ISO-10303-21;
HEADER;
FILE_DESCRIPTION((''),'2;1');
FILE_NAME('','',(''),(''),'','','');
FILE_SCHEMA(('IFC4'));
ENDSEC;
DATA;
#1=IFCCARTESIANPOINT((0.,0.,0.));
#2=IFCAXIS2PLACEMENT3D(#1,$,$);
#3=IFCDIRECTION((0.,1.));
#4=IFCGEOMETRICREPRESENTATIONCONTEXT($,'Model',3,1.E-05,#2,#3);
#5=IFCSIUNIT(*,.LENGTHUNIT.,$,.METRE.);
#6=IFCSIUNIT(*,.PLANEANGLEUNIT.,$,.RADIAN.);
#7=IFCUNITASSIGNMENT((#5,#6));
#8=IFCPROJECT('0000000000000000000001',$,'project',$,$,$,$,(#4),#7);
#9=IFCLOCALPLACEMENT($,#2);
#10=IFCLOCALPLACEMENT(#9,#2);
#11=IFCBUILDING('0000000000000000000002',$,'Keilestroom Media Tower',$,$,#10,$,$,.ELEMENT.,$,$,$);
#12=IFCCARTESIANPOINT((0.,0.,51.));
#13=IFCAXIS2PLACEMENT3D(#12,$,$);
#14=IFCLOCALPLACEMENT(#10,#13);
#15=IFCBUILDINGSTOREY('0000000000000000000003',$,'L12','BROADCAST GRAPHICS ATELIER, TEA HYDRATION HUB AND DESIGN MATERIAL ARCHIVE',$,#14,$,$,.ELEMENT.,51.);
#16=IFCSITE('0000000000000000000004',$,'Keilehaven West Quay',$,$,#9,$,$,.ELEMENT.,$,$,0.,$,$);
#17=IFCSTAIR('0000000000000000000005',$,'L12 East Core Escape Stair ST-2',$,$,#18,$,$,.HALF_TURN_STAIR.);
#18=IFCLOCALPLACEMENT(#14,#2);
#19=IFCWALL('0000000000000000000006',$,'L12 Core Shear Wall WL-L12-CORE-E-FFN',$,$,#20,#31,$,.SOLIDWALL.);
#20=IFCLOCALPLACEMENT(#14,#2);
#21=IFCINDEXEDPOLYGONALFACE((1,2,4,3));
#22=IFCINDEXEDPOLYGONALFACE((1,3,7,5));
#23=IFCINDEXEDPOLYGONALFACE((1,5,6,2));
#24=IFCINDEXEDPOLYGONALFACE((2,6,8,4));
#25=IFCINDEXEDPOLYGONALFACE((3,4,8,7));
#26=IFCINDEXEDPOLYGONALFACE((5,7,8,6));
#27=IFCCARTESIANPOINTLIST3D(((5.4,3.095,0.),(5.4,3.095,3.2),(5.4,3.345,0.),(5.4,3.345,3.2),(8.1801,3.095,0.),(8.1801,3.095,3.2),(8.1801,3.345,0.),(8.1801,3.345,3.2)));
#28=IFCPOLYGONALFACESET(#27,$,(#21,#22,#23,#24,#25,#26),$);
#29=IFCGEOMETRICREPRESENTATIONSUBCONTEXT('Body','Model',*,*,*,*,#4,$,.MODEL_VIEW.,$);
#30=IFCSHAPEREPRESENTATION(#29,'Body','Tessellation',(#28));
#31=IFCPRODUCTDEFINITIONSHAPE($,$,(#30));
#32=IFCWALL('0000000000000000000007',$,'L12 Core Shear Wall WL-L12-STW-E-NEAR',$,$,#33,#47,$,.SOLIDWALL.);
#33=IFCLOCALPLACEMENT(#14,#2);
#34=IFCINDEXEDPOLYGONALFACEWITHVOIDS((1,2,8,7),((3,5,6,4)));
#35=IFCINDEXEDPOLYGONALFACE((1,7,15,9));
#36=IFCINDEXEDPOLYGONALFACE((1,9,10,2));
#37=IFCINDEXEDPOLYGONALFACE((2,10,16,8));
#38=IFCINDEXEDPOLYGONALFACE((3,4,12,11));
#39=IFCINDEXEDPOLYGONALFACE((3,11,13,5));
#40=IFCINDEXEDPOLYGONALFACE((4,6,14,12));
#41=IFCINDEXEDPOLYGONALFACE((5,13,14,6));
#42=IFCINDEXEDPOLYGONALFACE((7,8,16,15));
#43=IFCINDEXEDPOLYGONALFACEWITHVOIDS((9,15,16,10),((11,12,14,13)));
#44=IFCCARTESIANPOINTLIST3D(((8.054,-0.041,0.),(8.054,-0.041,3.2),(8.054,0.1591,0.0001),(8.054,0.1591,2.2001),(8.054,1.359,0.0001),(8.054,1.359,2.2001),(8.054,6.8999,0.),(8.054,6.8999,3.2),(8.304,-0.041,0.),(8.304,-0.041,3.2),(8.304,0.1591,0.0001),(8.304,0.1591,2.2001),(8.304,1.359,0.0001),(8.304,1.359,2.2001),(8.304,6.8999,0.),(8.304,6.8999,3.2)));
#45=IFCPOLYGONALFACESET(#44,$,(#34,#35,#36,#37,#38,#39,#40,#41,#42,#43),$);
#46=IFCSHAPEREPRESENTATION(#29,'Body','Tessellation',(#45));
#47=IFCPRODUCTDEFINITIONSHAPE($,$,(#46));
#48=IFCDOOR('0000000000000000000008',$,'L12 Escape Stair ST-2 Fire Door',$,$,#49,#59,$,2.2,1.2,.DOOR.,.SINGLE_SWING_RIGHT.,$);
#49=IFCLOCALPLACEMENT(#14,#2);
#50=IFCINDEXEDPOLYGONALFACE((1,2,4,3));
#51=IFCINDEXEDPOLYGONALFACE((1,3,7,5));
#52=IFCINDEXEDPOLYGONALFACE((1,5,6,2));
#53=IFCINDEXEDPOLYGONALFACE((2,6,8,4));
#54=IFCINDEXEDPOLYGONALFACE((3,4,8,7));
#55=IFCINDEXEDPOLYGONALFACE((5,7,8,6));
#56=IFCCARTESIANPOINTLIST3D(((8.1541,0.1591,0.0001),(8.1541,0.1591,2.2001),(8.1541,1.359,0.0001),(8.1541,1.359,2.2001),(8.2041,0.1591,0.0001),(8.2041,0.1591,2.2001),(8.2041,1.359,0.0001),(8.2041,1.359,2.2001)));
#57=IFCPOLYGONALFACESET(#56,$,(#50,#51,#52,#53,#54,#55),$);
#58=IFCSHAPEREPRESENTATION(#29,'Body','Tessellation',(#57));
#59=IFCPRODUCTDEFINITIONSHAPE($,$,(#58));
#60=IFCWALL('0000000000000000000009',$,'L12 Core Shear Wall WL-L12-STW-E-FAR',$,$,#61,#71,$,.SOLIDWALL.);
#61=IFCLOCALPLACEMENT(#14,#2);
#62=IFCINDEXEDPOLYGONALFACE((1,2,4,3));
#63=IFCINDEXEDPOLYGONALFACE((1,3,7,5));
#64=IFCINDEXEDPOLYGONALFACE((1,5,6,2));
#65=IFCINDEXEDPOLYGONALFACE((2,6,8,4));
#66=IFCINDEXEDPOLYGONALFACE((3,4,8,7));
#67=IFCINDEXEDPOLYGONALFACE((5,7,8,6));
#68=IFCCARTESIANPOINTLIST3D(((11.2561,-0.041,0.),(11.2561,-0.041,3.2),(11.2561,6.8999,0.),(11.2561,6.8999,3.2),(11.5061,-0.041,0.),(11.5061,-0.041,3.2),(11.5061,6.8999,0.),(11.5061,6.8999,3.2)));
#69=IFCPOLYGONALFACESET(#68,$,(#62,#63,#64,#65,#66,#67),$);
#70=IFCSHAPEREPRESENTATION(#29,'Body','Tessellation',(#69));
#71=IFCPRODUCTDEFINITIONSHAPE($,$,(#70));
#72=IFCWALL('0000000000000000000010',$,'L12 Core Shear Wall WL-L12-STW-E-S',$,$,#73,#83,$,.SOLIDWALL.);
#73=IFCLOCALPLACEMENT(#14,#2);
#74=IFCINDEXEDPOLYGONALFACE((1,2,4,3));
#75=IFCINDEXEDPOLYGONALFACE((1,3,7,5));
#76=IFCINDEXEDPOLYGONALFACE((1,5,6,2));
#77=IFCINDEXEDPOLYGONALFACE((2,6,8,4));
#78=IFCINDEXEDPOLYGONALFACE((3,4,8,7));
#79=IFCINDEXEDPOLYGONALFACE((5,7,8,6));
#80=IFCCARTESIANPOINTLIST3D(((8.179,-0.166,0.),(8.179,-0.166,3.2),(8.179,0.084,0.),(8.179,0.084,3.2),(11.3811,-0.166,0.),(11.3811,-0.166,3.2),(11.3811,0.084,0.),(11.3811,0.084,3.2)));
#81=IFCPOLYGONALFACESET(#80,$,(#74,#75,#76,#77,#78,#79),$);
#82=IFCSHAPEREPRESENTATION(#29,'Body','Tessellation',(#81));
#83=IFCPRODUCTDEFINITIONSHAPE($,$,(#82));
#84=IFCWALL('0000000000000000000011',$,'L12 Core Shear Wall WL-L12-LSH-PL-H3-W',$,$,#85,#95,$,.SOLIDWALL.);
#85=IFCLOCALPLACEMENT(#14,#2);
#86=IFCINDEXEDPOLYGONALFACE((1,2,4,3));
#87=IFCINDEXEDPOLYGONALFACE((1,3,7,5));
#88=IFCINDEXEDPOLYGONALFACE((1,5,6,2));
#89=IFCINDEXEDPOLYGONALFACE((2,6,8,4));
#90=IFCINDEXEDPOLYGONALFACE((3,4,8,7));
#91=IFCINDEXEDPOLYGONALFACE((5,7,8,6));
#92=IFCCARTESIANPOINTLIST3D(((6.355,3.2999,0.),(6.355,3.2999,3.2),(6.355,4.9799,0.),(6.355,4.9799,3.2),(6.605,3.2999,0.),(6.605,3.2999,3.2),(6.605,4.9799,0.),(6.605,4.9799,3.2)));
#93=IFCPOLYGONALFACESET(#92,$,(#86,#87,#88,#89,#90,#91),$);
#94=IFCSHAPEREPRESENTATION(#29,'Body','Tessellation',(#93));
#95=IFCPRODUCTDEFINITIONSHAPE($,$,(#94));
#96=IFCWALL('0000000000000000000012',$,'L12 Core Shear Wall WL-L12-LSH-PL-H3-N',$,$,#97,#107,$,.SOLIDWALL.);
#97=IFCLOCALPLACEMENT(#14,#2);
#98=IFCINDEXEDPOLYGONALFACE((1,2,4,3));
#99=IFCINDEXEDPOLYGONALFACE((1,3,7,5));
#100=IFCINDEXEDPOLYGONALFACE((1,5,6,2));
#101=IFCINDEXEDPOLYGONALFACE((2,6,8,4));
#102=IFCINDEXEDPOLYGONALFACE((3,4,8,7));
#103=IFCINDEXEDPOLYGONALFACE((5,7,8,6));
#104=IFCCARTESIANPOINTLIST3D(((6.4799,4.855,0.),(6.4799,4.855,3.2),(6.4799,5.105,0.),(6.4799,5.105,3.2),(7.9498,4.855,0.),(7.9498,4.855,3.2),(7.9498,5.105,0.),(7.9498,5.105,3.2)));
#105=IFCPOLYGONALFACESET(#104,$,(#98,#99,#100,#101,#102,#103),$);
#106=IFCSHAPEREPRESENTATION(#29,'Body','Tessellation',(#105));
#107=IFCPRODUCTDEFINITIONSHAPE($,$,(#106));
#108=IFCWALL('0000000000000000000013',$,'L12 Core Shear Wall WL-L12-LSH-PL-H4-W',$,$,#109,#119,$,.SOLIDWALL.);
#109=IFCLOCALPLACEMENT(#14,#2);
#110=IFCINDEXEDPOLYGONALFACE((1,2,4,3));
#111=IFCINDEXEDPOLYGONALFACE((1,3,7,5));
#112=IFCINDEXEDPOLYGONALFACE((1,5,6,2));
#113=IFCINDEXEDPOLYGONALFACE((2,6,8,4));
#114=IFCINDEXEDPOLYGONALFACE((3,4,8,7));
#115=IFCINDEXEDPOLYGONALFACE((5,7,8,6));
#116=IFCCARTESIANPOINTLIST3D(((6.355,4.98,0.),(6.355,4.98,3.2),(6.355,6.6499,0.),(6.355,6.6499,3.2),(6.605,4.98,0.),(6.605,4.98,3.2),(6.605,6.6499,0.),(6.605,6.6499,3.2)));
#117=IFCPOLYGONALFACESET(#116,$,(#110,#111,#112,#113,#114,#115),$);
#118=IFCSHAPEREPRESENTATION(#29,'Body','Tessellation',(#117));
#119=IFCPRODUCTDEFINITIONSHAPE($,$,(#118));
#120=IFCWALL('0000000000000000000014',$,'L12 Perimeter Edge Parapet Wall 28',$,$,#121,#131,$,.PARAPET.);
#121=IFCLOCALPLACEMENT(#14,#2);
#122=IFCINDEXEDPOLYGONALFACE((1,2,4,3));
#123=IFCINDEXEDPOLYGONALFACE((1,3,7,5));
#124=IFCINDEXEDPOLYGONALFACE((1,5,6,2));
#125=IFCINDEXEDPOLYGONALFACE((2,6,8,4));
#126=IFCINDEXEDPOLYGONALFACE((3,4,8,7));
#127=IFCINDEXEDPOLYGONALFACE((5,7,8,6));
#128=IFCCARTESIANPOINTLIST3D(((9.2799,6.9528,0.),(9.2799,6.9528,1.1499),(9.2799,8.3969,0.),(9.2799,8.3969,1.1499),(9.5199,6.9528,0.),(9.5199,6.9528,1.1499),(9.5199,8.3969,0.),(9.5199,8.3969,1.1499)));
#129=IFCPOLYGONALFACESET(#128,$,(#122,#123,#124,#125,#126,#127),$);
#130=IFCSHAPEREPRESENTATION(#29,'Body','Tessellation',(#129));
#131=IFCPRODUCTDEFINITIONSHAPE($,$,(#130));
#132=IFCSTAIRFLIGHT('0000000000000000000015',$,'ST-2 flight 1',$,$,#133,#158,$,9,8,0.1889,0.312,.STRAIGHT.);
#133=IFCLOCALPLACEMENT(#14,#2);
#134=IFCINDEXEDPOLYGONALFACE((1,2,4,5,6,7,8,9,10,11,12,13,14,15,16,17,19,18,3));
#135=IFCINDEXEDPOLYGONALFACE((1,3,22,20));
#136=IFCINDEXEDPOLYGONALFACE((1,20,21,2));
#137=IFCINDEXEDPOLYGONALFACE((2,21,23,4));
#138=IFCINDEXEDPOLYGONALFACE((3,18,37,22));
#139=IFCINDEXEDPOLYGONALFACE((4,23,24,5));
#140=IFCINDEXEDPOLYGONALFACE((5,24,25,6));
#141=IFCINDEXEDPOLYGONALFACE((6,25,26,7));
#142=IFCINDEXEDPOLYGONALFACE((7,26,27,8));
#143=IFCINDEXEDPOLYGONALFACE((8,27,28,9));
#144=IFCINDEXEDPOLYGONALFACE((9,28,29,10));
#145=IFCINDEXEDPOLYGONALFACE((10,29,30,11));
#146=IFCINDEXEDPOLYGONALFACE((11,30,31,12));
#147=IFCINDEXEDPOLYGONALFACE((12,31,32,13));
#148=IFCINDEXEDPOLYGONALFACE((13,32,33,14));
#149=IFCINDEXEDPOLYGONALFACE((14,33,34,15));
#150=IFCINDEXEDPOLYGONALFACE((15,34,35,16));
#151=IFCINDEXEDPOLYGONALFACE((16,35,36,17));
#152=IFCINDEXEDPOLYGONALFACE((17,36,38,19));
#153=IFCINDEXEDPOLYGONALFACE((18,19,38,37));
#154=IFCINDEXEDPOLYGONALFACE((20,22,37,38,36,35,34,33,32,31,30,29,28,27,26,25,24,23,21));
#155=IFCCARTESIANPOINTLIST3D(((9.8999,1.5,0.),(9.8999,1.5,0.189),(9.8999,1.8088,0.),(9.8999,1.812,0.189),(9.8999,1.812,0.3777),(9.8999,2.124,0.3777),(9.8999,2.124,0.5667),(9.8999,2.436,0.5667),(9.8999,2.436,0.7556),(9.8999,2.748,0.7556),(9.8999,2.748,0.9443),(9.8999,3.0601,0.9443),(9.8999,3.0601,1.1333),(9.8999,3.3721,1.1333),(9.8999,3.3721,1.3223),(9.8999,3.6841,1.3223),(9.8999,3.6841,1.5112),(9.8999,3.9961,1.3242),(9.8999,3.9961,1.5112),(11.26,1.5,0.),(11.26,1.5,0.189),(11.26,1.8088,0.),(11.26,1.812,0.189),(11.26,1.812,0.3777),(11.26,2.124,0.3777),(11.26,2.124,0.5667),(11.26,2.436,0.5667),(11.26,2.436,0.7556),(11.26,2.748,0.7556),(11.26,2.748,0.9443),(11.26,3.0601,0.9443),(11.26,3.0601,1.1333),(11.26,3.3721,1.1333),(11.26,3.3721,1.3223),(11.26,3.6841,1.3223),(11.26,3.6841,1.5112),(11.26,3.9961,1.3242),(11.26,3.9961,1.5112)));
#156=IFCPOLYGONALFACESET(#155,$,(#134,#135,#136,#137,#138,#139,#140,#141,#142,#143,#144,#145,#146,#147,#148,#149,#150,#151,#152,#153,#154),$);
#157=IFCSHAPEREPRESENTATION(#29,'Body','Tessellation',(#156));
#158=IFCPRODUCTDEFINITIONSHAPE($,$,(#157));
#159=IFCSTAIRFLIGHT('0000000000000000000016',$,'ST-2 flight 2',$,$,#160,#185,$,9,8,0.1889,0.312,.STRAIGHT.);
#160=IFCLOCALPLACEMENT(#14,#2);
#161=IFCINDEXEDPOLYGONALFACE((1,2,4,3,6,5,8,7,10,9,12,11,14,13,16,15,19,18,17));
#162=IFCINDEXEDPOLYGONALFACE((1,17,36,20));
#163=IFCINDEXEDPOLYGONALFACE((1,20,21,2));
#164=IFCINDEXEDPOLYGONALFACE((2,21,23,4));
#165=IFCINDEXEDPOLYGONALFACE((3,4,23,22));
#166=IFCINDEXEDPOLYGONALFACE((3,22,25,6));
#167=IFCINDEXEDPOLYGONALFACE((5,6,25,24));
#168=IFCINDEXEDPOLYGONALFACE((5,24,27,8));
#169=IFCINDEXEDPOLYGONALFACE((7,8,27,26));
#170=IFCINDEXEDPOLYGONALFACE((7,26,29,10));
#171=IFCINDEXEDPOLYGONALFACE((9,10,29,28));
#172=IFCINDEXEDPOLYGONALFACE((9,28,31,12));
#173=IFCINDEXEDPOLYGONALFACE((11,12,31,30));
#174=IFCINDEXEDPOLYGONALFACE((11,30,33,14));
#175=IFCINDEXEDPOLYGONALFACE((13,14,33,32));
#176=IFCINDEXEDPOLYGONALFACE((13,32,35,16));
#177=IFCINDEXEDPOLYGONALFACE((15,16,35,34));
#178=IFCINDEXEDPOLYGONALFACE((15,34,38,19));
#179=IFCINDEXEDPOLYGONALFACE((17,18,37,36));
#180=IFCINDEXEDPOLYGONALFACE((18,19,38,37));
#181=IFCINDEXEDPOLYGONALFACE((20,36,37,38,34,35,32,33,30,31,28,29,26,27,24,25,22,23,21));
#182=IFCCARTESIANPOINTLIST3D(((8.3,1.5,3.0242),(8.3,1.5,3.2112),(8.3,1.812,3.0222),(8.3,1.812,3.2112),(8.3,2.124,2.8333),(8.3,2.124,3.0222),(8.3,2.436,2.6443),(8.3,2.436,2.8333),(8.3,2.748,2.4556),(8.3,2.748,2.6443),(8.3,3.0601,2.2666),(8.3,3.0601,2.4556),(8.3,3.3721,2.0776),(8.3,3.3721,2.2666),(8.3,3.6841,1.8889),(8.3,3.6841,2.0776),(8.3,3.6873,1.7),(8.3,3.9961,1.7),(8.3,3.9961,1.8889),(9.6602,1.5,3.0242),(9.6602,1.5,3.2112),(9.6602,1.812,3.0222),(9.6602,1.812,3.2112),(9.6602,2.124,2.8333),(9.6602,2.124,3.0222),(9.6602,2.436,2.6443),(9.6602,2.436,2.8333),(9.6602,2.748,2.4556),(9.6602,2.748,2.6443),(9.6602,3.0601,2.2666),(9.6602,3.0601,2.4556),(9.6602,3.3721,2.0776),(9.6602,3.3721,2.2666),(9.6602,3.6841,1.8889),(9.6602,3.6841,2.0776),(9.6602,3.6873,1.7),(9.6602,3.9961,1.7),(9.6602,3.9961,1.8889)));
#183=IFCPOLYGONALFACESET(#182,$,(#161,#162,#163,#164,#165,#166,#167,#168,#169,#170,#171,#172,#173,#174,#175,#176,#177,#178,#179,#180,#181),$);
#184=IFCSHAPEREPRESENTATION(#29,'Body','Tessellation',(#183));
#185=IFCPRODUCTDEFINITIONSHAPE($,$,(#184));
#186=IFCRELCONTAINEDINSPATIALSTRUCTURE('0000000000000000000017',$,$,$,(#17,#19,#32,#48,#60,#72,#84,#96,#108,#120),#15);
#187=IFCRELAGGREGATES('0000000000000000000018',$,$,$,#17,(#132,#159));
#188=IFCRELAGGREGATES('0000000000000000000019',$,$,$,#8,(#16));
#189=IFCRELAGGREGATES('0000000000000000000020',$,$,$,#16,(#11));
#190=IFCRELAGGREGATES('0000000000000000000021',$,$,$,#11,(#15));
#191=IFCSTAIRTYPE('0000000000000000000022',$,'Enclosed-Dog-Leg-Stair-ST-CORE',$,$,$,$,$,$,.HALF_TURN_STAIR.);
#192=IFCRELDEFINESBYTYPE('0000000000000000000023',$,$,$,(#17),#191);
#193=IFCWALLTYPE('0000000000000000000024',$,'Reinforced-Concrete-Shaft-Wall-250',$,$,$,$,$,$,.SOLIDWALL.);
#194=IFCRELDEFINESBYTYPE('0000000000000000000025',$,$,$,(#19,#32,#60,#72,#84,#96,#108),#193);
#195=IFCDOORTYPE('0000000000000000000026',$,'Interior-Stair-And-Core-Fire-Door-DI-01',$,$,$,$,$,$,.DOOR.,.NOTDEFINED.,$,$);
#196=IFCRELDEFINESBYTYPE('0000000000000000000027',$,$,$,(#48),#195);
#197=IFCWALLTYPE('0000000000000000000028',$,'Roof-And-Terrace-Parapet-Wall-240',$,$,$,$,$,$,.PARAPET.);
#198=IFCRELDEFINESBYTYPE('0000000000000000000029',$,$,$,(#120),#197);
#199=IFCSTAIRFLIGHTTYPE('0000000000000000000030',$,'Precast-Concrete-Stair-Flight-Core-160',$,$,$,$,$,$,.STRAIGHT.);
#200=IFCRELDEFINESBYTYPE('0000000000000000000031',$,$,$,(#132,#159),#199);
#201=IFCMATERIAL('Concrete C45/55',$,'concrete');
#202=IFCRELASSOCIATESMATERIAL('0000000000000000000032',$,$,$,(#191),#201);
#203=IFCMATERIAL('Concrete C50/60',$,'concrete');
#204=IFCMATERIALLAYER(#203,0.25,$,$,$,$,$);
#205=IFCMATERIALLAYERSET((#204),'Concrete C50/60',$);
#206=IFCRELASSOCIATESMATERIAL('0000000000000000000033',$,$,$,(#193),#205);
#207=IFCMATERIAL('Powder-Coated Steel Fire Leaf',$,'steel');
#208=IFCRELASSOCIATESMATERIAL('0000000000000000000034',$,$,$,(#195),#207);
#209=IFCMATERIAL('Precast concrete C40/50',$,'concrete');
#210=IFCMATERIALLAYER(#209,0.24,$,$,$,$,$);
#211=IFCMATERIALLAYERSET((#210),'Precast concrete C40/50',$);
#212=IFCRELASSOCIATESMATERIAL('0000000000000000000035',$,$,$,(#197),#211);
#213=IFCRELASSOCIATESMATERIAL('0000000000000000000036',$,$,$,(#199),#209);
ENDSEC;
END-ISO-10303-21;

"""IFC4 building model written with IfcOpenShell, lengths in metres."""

from ifc_helpers import new_model, si_unit, direction, frame, frame_2d, origin, place, context, subcontext, project, spatial, polyline, rectangle, outline, extrude, source, transform, mapped, material, layer, layer_set, type_object, element, fill, aggregate, save


model = new_model("IFC4")

# Units and contexts
model_context = context("Model", 3, precision=1e-05, world=origin(), true_north=direction((0.0, 1.0)))
body_context = subcontext(model_context, "Body", "Model", "MODEL_VIEW")
ifc_project = project(units=[si_unit("LENGTHUNIT", "METRE"), si_unit("PLANEANGLEUNIT", "RADIAN")], contexts=[model_context])

# Site, building, storey
site_placement = place(None, origin())
site = spatial("IfcSite", under=ifc_project, at=site_placement, Name="Keilehaven West Quay", CompositionType="ELEMENT", RefElevation=0.0)
building_placement = place(site_placement, origin())
building = spatial("IfcBuilding", under=site, at=building_placement, Name="Keilestroom Media Tower", CompositionType="ELEMENT")
storey_placement = place(building_placement, frame((0.0, 0.0, 51.0)))
storey = spatial("IfcBuildingStorey", under=building, at=storey_placement, Name="L12", Description="BROADCAST GRAPHICS ATELIER, TEA HYDRATION HUB AND DESIGN MATERIAL ARCHIVE", CompositionType="ELEMENT", Elevation=51.0)

# Stair
ifc_material_1 = material(Name="Concrete C45/55", Category="concrete")
stair_type = type_object("IfcStairType", Name="Enclosed-Dog-Leg-Stair-ST-CORE", PredefinedType="HALF_TURN_STAIR", material=ifc_material_1)
stair_1_placement = place(storey_placement, origin())
stair_1 = element("IfcStair", 1, at=stair_1_placement, inside=storey, type_object=stair_type, Name="L12 East Core Escape Stair ST-2", PredefinedType="HALF_TURN_STAIR")

# Wall
ifc_material_2 = material(Name="Concrete C50/60", Category="concrete")
ifc_layer_1 = layer(ifc_material_2, 0.25)
ifc_layer_set_1 = layer_set([ifc_layer_1], Name="Concrete C50/60")
wall_type_1 = type_object("IfcWallType", Name="Reinforced-Concrete-Shaft-Wall-250", PredefinedType="SOLIDWALL", material=ifc_layer_set_1)
wall_1_placement = place(storey_placement, frame((5.3999, 3.22, 0.0), z_axis=(0.0, 0.0, 1.0), x_axis=(1.0, 0.0, 0.0)))
element("IfcWall", 2, at=wall_1_placement, inside=storey, type_object=wall_type_1, Name="L12 Core Shear Wall WL-L12-CORE-E-FFN", PredefinedType="SOLIDWALL", context=body_context, shape_type="SweptSolid", body=[
    extrude(rectangle(XDim=2.78, YDim=0.25, at=frame_2d((1.3901, 0.0))), origin(), (0.0, 0.0, 1.0), 3.2),
])

# Wall, opening, door
wall_2_placement = place(storey_placement, frame((8.179, -0.041, 0.0), z_axis=(0.0, 0.0, 1.0), x_axis=(0.0, 1.0, 0.0)))
wall_2 = element("IfcWall", 3, at=wall_2_placement, inside=storey, type_object=wall_type_1, Name="L12 Core Shear Wall WL-L12-STW-E-NEAR", PredefinedType="SOLIDWALL", context=body_context, shape_type="SweptSolid", body=[
    extrude(rectangle(XDim=6.9409, YDim=0.25, at=frame_2d((3.4705, 0.0))), origin(), (0.0, 0.0, 1.0), 3.2),
])
opening_placement = place(wall_2_placement, frame((0.2, 0.0, 0.0)))
opening = element("IfcOpeningElement", 4, at=opening_placement, cuts=wall_2, PredefinedType="OPENING", context=body_context, shape_type="SweptSolid", body=[
    extrude(rectangle(XDim=1.2, YDim=2.2, at=frame_2d((0.6001, 1.1001))), frame((0.0, 0.135, 0.0), z_axis=(0.0, -1.0, 0.0), x_axis=(1.0, 0.0, 0.0)), (0.0, 0.0, 1.0), 0.27),
])
ifc_material_3 = material(Name="Powder-Coated Steel Fire Leaf", Category="steel")
door_type = type_object("IfcDoorType", Name="Interior-Stair-And-Core-Fire-Door-DI-01", OperationType="NOTDEFINED", PredefinedType="DOOR", material=ifc_material_3)
shared_shape_1 = source(origin(), body_context, "Body", "SweptSolid", [
    extrude(rectangle(XDim=1.2, YDim=2.2, at=frame_2d((0.6001, 1.1001))), frame((0.0, 0.0249, 0.0), z_axis=(0.0, -1.0, 0.0), x_axis=(1.0, 0.0, 0.0)), (0.0, 0.0, 1.0), 0.05),
])
door_placement = place(opening_placement, origin())
door = element("IfcDoor", 5, at=door_placement, inside=storey, type_object=door_type, Name="L12 Escape Stair ST-2 Fire Door", OperationType="SINGLE_SWING_RIGHT", OverallHeight=2.2, OverallWidth=1.2, PredefinedType="DOOR", context=body_context, shape_type="MappedRepresentation", body=[
    mapped(shared_shape_1, transform((0.0, 0.0, 0.0), x_axis=(1.0, 0.0, 0.0), y_axis=(0.0, 1.0, 0.0), z_axis=(0.0, 0.0, 1.0), scale=1.0)),
])
fill(opening, door)

# Walls
wall_3_placement = place(storey_placement, frame((11.3811, -0.041, 0.0), z_axis=(0.0, 0.0, 1.0), x_axis=(0.0, 1.0, 0.0)))
element("IfcWall", 6, at=wall_3_placement, inside=storey, type_object=wall_type_1, Name="L12 Core Shear Wall WL-L12-STW-E-FAR", PredefinedType="SOLIDWALL", context=body_context, shape_type="SweptSolid", body=[
    extrude(rectangle(XDim=6.9409, YDim=0.25, at=frame_2d((3.4705, 0.0))), origin(), (0.0, 0.0, 1.0), 3.2),
])
wall_4_placement = place(storey_placement, frame((8.179, -0.041, 0.0), z_axis=(0.0, 0.0, 1.0), x_axis=(1.0, 0.0, 0.0)))
element("IfcWall", 7, at=wall_4_placement, inside=storey, type_object=wall_type_1, Name="L12 Core Shear Wall WL-L12-STW-E-S", PredefinedType="SOLIDWALL", context=body_context, shape_type="SweptSolid", body=[
    extrude(rectangle(XDim=3.2021, YDim=0.25, at=frame_2d((1.6011, 0.0))), origin(), (0.0, 0.0, 1.0), 3.2),
])
wall_5_placement = place(storey_placement, frame((6.48, 3.3, 0.0), z_axis=(0.0, 0.0, 1.0), x_axis=(0.0, 1.0, 0.0)))
element("IfcWall", 8, at=wall_5_placement, inside=storey, type_object=wall_type_1, Name="L12 Core Shear Wall WL-L12-LSH-PL-H3-W", PredefinedType="SOLIDWALL", context=body_context, shape_type="SweptSolid", body=[
    extrude(rectangle(XDim=1.6799, YDim=0.25, at=frame_2d((0.8398, 0.0))), origin(), (0.0, 0.0, 1.0), 3.2),
])
wall_6_placement = place(storey_placement, frame((6.48, 4.98, 0.0), z_axis=(0.0, 0.0, 1.0), x_axis=(1.0, 0.0, 0.0)))
element("IfcWall", 9, at=wall_6_placement, inside=storey, type_object=wall_type_1, Name="L12 Core Shear Wall WL-L12-LSH-PL-H3-N", PredefinedType="SOLIDWALL", context=body_context, shape_type="SweptSolid", body=[
    extrude(rectangle(XDim=1.47, YDim=0.25, at=frame_2d((0.7349, 0.0))), origin(), (0.0, 0.0, 1.0), 3.2),
])
wall_7_placement = place(storey_placement, frame((6.48, 4.98, 0.0), z_axis=(0.0, 0.0, 1.0), x_axis=(0.0, 1.0, 0.0)))
element("IfcWall", 10, at=wall_7_placement, inside=storey, type_object=wall_type_1, Name="L12 Core Shear Wall WL-L12-LSH-PL-H4-W", PredefinedType="SOLIDWALL", context=body_context, shape_type="SweptSolid", body=[
    extrude(rectangle(XDim=1.6699, YDim=0.25, at=frame_2d((0.835, 0.0))), origin(), (0.0, 0.0, 1.0), 3.2),
])
ifc_material_4 = material(Name="Precast concrete C40/50", Category="concrete")
ifc_layer_2 = layer(ifc_material_4, 0.24)
ifc_layer_set_2 = layer_set([ifc_layer_2], Name="Precast concrete C40/50")
wall_type_2 = type_object("IfcWallType", Name="Roof-And-Terrace-Parapet-Wall-240", PredefinedType="PARAPET", material=ifc_layer_set_2)
wall_8_placement = place(storey_placement, frame((9.3999, 8.397, 0.0), z_axis=(0.0, 0.0, 1.0), x_axis=(0.0, -1.0, 0.0)))
element("IfcWall", 11, at=wall_8_placement, inside=storey, type_object=wall_type_2, Name="L12 Perimeter Edge Parapet Wall 28", PredefinedType="PARAPET", context=body_context, shape_type="SweptSolid", body=[
    extrude(rectangle(XDim=1.4441, YDim=0.24, at=frame_2d((0.7222, 0.0))), origin(), (0.0, 0.0, 1.0), 1.1499),
])

# Stair flights
stair_flight_type = type_object("IfcStairFlightType", Name="Precast-Concrete-Stair-Flight-Core-160", PredefinedType="STRAIGHT", material=ifc_material_4)
stair_flight_1_placement = place(storey_placement, frame((10.5801, 1.5, 0.0), z_axis=(0.0, 0.0, 1.0), x_axis=(0.0, 1.0, 0.0)))
stair_flight_1 = element("IfcStairFlight", 12, at=stair_flight_1_placement, type_object=stair_flight_type, Name="ST-2 flight 1", NumberOfRisers=9, NumberOfTreads=8, PredefinedType="STRAIGHT", RiserHeight=0.1889, TreadLength=0.312, context=body_context, shape_type="SweptSolid", body=[
    extrude(outline(polyline([(0.0, 0.0), (0.0, 0.189), (0.312, 0.189), (0.312, 0.3777), (0.624, 0.3777), (0.624, 0.5667), (0.936, 0.5667), (0.936, 0.7556), (1.248, 0.7556), (1.248, 0.9443), (1.5601, 0.9443), (1.5601, 1.1333), (1.8721, 1.1333), (1.8721, 1.3223), (2.1841, 1.3223), (2.1841, 1.5112), (2.4961, 1.5112), (2.4961, 1.7), (2.4961, 1.3242), (0.3088, 0.0), (0.0, 0.0)])), frame((0.0, 0.6802, 0.0), z_axis=(0.0, -1.0, 0.0), x_axis=(1.0, 0.0, 0.0)), (0.0, 0.0, 1.0), 1.3601),
])
stair_flight_2_placement = place(storey_placement, frame((8.98, 3.9961, 1.7), z_axis=(0.0, 0.0, 1.0), x_axis=(0.0, -1.0, 0.0)))
stair_flight_2 = element("IfcStairFlight", 13, at=stair_flight_2_placement, type_object=stair_flight_type, Name="ST-2 flight 2", NumberOfRisers=9, NumberOfTreads=8, PredefinedType="STRAIGHT", RiserHeight=0.1889, TreadLength=0.312, context=body_context, shape_type="SweptSolid", body=[
    extrude(outline(polyline([(0.0, 0.0), (0.0, 0.189), (0.312, 0.189), (0.312, 0.3777), (0.624, 0.3777), (0.624, 0.5667), (0.936, 0.5667), (0.936, 0.7556), (1.248, 0.7556), (1.248, 0.9443), (1.5601, 0.9443), (1.5601, 1.1333), (1.8721, 1.1333), (1.8721, 1.3223), (2.1841, 1.3223), (2.1841, 1.5112), (2.4961, 1.5112), (2.4961, 1.7), (2.4961, 1.3242), (0.3088, 0.0), (0.0, 0.0)])), frame((0.0, 0.6802, 0.0), z_axis=(0.0, -1.0, 0.0), x_axis=(1.0, 0.0, 0.0)), (0.0, 0.0, 1.0), 1.3601),
])
aggregate(stair_1, [stair_flight_1, stair_flight_2])

save(model, "model.ifc")
